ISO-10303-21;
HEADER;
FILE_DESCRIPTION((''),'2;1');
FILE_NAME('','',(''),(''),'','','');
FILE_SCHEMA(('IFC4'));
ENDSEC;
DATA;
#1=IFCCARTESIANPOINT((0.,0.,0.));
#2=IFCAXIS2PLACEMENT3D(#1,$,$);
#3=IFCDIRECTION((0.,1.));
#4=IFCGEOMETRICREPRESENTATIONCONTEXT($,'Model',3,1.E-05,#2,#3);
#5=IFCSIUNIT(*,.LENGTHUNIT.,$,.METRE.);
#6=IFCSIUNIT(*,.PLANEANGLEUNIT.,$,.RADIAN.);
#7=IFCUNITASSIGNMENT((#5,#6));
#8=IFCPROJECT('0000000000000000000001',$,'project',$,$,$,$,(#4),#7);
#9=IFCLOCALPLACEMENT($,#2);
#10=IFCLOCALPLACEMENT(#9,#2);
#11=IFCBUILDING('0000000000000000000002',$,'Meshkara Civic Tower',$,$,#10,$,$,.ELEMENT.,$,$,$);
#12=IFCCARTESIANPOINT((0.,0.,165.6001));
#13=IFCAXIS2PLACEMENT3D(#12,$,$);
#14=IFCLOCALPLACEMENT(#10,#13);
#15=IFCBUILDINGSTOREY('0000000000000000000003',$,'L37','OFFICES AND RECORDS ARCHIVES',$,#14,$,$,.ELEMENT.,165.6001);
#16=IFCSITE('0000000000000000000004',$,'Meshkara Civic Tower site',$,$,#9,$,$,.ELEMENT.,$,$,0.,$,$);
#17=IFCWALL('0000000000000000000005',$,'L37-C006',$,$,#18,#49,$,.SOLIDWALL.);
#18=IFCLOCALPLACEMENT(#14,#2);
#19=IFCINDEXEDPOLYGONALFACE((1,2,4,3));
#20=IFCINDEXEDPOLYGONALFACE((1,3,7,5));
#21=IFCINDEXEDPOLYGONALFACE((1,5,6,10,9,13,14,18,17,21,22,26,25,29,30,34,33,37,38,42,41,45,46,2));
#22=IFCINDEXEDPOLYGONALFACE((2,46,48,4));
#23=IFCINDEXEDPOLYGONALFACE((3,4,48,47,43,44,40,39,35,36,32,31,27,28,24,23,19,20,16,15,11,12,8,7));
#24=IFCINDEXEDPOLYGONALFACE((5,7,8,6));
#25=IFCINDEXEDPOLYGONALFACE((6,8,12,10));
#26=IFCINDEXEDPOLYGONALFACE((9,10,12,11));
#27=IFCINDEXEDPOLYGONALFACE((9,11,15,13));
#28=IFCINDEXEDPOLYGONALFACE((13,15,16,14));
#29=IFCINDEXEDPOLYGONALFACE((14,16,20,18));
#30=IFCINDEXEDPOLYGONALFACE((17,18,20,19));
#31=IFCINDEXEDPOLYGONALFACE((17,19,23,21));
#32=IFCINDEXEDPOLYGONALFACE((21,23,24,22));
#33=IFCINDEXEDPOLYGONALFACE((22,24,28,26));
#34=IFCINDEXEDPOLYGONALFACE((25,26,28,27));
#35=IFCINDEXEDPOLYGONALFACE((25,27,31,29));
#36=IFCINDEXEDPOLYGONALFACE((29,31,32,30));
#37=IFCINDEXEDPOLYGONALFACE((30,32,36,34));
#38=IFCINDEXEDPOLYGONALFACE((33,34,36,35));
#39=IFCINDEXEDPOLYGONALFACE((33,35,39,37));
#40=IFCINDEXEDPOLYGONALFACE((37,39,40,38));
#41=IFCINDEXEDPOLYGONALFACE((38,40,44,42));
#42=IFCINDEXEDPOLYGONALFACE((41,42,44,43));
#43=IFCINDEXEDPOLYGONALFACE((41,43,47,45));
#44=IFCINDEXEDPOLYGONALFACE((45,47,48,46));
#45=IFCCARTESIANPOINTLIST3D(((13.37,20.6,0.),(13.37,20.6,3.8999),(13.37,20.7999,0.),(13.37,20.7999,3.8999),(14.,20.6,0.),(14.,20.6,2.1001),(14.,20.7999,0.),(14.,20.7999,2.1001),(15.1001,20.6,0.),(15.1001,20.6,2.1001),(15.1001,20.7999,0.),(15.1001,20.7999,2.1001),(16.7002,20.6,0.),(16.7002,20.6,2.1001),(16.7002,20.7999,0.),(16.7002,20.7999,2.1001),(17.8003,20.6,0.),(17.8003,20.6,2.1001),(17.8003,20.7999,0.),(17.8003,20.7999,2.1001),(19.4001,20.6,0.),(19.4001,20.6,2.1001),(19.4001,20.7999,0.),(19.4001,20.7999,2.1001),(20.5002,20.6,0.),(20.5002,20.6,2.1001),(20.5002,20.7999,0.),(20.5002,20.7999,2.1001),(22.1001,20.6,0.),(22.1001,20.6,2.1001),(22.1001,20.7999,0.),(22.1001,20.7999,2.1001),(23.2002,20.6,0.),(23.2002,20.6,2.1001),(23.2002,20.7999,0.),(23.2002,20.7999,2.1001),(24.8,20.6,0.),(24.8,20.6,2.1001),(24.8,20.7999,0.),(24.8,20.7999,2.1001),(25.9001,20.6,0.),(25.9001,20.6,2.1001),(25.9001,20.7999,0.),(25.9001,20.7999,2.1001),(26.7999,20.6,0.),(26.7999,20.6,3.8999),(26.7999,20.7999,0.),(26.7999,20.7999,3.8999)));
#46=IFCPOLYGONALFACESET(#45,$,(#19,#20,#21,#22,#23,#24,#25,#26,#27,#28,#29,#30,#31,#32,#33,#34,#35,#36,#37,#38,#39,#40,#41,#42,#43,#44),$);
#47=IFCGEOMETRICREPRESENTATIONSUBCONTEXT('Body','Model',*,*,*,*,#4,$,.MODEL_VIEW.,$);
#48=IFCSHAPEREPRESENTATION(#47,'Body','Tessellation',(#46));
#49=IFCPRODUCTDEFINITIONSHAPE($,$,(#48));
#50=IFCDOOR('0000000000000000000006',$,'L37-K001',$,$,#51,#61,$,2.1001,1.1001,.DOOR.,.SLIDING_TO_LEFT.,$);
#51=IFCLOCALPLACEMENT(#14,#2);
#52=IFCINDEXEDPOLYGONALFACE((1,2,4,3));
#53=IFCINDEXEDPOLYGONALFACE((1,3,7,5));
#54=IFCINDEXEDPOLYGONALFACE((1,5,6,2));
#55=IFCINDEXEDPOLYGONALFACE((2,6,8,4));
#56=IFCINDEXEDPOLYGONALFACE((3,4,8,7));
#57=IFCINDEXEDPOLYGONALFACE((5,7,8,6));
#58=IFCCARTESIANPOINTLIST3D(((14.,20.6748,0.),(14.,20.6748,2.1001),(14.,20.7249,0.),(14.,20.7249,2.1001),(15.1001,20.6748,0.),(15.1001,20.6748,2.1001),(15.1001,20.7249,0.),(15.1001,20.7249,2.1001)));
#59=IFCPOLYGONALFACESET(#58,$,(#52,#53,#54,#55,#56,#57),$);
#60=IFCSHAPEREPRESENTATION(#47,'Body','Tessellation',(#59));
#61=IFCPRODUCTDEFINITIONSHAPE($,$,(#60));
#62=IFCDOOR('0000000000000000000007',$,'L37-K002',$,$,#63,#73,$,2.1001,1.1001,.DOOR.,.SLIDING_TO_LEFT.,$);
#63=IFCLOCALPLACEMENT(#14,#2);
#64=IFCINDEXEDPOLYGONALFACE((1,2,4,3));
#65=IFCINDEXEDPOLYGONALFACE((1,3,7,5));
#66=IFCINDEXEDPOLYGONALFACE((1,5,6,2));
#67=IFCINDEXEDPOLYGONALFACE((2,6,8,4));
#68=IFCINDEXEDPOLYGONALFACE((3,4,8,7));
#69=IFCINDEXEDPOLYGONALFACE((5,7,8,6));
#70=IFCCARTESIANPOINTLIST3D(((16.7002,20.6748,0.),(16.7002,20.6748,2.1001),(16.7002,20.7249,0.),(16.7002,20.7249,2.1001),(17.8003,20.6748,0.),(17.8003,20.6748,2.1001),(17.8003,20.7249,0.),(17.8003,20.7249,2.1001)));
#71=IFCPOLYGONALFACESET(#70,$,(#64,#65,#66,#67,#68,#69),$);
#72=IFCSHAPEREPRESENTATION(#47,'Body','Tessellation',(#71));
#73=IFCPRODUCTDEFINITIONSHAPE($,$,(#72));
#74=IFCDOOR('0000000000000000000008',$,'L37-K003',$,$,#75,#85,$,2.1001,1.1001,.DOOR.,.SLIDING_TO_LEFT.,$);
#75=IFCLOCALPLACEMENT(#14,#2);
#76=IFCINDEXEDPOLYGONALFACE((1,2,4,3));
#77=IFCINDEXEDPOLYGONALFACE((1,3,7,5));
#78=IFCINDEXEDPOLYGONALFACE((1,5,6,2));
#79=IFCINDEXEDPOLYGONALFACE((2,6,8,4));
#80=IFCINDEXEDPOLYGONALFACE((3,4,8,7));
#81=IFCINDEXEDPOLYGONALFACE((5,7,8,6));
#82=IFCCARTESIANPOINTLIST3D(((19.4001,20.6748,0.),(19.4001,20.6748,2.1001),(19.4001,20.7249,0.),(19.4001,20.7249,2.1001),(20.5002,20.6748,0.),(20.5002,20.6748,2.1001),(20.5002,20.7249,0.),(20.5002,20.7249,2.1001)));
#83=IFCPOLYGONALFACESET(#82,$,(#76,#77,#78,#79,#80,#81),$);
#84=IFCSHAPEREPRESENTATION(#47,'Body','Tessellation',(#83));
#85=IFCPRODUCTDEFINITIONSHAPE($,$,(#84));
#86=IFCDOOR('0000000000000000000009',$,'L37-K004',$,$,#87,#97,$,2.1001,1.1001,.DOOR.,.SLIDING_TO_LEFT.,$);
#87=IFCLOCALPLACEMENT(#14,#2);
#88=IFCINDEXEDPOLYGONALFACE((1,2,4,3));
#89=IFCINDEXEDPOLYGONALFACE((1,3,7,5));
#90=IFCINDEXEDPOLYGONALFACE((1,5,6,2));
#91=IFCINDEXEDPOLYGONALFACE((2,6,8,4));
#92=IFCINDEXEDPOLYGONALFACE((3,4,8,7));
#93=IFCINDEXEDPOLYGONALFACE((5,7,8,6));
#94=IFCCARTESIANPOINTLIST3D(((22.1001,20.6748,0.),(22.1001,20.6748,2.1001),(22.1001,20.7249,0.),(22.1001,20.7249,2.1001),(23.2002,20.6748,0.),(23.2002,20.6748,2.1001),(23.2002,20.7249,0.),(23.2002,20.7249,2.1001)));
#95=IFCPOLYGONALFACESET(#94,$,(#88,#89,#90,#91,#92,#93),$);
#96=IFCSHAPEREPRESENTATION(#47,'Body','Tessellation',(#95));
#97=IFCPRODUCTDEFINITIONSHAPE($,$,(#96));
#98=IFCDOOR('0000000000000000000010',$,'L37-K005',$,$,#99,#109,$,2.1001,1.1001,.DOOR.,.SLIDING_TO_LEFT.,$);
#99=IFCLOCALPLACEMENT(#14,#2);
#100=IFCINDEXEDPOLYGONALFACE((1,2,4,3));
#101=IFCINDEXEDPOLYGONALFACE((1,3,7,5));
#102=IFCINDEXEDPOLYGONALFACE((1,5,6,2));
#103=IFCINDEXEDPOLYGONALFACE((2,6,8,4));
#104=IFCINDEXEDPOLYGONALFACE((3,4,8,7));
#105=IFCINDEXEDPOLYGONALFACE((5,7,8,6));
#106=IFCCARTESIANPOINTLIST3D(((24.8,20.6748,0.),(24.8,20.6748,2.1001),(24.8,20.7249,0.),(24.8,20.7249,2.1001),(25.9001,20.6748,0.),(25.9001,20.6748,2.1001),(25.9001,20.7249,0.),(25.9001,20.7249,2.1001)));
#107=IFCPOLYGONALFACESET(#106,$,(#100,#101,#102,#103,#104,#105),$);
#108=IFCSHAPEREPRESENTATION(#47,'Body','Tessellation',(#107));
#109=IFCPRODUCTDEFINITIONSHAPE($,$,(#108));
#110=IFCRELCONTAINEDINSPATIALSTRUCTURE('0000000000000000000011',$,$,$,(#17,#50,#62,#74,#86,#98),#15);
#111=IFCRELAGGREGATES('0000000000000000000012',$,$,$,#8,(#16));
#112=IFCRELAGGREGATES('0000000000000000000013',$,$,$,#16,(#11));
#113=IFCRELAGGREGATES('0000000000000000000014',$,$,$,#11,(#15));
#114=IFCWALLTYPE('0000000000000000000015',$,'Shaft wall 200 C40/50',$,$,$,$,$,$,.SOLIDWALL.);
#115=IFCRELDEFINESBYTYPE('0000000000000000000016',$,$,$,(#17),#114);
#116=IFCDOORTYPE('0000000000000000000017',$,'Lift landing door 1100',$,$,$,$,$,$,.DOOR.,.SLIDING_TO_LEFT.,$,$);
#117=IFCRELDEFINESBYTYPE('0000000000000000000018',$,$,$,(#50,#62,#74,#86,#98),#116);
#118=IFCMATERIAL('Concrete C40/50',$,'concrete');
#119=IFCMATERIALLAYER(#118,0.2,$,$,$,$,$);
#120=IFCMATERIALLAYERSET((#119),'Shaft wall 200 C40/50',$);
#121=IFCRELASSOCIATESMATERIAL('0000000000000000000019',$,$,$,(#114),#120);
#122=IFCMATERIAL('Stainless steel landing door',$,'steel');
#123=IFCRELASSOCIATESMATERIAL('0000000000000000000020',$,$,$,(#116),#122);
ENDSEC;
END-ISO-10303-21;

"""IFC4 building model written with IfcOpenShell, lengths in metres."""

from ifc_helpers import new_model, si_unit, direction, frame, frame_2d, origin, place, context, subcontext, project, spatial, rectangle, extrude, material, layer, layer_set, type_object, element, fill, save


model = new_model("IFC4")

# Units and contexts
model_context = context("Model", 3, precision=1e-05, world=origin(), true_north=direction((0.0, 1.0)))
body_context = subcontext(model_context, "Body", "Model", "MODEL_VIEW")
ifc_project = project(units=[si_unit("LENGTHUNIT", "METRE"), si_unit("PLANEANGLEUNIT", "RADIAN")], contexts=[model_context])

# Site, building, storey
site_placement = place(None, origin())
site = spatial("IfcSite", under=ifc_project, at=site_placement, Name="Meshkara Civic Tower site", CompositionType="ELEMENT", RefElevation=0.0)
building_placement = place(site_placement, origin())
building = spatial("IfcBuilding", under=site, at=building_placement, Name="Meshkara Civic Tower", CompositionType="ELEMENT")
storey_placement = place(building_placement, frame((0.0, 0.0, 165.6001)))
storey = spatial("IfcBuildingStorey", under=building, at=storey_placement, Name="L37", Description="OFFICES AND RECORDS ARCHIVES", CompositionType="ELEMENT", Elevation=165.6001)

# Wall, openings, doors
ifc_material_1 = material(Name="Concrete C40/50", Category="concrete")
ifc_layer_1 = layer(ifc_material_1, 0.2)
ifc_layer_set_1 = layer_set([ifc_layer_1], Name="Shaft wall 200 C40/50")
wall_type_1 = type_object("IfcWallType", Name="Shaft wall 200 C40/50", PredefinedType="SOLIDWALL", material=ifc_layer_set_1)
wall_1_placement = place(storey_placement, frame((13.3701, 20.7, 0.0), z_axis=(0.0, 0.0, 1.0), x_axis=(1.0, 0.0, 0.0)))
wall_1 = element("IfcWall", 1, at=wall_1_placement, inside=storey, type_object=wall_type_1, Name="L37-C006", PredefinedType="SOLIDWALL", context=body_context, shape_type="SweptSolid", body=[
    extrude(rectangle(XDim=13.4299, YDim=0.2, at=frame_2d((6.7148, 0.0))), origin(), (0.0, 0.0, 1.0), 3.8999),
])
opening_1_placement = place(wall_1_placement, frame((0.6299, 0.0, 0.0)))
opening_1 = element("IfcOpeningElement", 2, at=opening_1_placement, cuts=wall_1, PredefinedType="OPENING", context=body_context, shape_type="SweptSolid", body=[
    extrude(rectangle(XDim=1.1001, YDim=2.1001, at=frame_2d((0.55, 1.05))), frame((0.0, 0.1099, 0.0), z_axis=(0.0, -1.0, 0.0), x_axis=(1.0, 0.0, 0.0)), (0.0, 0.0, 1.0), 0.22),
])
opening_2_placement = place(wall_1_placement, frame((3.3301, 0.0, 0.0)))
opening_2 = element("IfcOpeningElement", 3, at=opening_2_placement, cuts=wall_1, PredefinedType="OPENING", context=body_context, shape_type="SweptSolid", body=[
    extrude(rectangle(XDim=1.1001, YDim=2.1001, at=frame_2d((0.55, 1.05))), frame((0.0, 0.1099, 0.0), z_axis=(0.0, -1.0, 0.0), x_axis=(1.0, 0.0, 0.0)), (0.0, 0.0, 1.0), 0.22),
])
opening_3_placement = place(wall_1_placement, frame((6.03, 0.0, 0.0)))
opening_3 = element("IfcOpeningElement", 4, at=opening_3_placement, cuts=wall_1, PredefinedType="OPENING", context=body_context, shape_type="SweptSolid", body=[
    extrude(rectangle(XDim=1.1001, YDim=2.1001, at=frame_2d((0.55, 1.05))), frame((0.0, 0.1099, 0.0), z_axis=(0.0, -1.0, 0.0), x_axis=(1.0, 0.0, 0.0)), (0.0, 0.0, 1.0), 0.22),
])
opening_4_placement = place(wall_1_placement, frame((8.73, 0.0, 0.0)))
opening_4 = element("IfcOpeningElement", 5, at=opening_4_placement, cuts=wall_1, PredefinedType="OPENING", context=body_context, shape_type="SweptSolid", body=[
    extrude(rectangle(XDim=1.1001, YDim=2.1001, at=frame_2d((0.55, 1.05))), frame((0.0, 0.1099, 0.0), z_axis=(0.0, -1.0, 0.0), x_axis=(1.0, 0.0, 0.0)), (0.0, 0.0, 1.0), 0.22),
])
opening_5_placement = place(wall_1_placement, frame((11.4299, 0.0, 0.0)))
opening_5 = element("IfcOpeningElement", 6, at=opening_5_placement, cuts=wall_1, PredefinedType="OPENING", context=body_context, shape_type="SweptSolid", body=[
    extrude(rectangle(XDim=1.1001, YDim=2.1001, at=frame_2d((0.55, 1.05))), frame((0.0, 0.1099, 0.0), z_axis=(0.0, -1.0, 0.0), x_axis=(1.0, 0.0, 0.0)), (0.0, 0.0, 1.0), 0.22),
])
ifc_material_2 = material(Name="Stainless steel landing door", Category="steel")
door_type_1 = type_object("IfcDoorType", Name="Lift landing door 1100", OperationType="SLIDING_TO_LEFT", PredefinedType="DOOR", material=ifc_material_2)
door_1_placement = place(opening_1_placement, origin())
door_1 = element("IfcDoor", 7, at=door_1_placement, inside=storey, type_object=door_type_1, Name="L37-K001", OperationType="SLIDING_TO_LEFT", OverallHeight=2.1001, OverallWidth=1.1001, PredefinedType="DOOR", context=body_context, shape_type="SweptSolid", body=[
    extrude(rectangle(XDim=1.1001, YDim=2.1001, at=frame_2d((0.55, 1.05))), frame((0.0, 0.0249, 0.0), z_axis=(0.0, -1.0, 0.0), x_axis=(1.0, 0.0, 0.0)), (0.0, 0.0, 1.0), 0.05),
])
fill(opening_1, door_1)
door_2_placement = place(opening_2_placement, origin())
door_2 = element("IfcDoor", 8, at=door_2_placement, inside=storey, type_object=door_type_1, Name="L37-K002", OperationType="SLIDING_TO_LEFT", OverallHeight=2.1001, OverallWidth=1.1001, PredefinedType="DOOR", context=body_context, shape_type="SweptSolid", body=[
    extrude(rectangle(XDim=1.1001, YDim=2.1001, at=frame_2d((0.55, 1.05))), frame((0.0, 0.0249, 0.0), z_axis=(0.0, -1.0, 0.0), x_axis=(1.0, 0.0, 0.0)), (0.0, 0.0, 1.0), 0.05),
])
fill(opening_2, door_2)
door_3_placement = place(opening_3_placement, origin())
door_3 = element("IfcDoor", 9, at=door_3_placement, inside=storey, type_object=door_type_1, Name="L37-K003", OperationType="SLIDING_TO_LEFT", OverallHeight=2.1001, OverallWidth=1.1001, PredefinedType="DOOR", context=body_context, shape_type="SweptSolid", body=[
    extrude(rectangle(XDim=1.1001, YDim=2.1001, at=frame_2d((0.55, 1.05))), frame((0.0, 0.0249, 0.0), z_axis=(0.0, -1.0, 0.0), x_axis=(1.0, 0.0, 0.0)), (0.0, 0.0, 1.0), 0.05),
])
fill(opening_3, door_3)
door_4_placement = place(opening_4_placement, origin())
door_4 = element("IfcDoor", 10, at=door_4_placement, inside=storey, type_object=door_type_1, Name="L37-K004", OperationType="SLIDING_TO_LEFT", OverallHeight=2.1001, OverallWidth=1.1001, PredefinedType="DOOR", context=body_context, shape_type="SweptSolid", body=[
    extrude(rectangle(XDim=1.1001, YDim=2.1001, at=frame_2d((0.55, 1.05))), frame((0.0, 0.0249, 0.0), z_axis=(0.0, -1.0, 0.0), x_axis=(1.0, 0.0, 0.0)), (0.0, 0.0, 1.0), 0.05),
])
fill(opening_4, door_4)
door_5_placement = place(opening_5_placement, origin())
door_5 = element("IfcDoor", 11, at=door_5_placement, inside=storey, type_object=door_type_1, Name="L37-K005", OperationType="SLIDING_TO_LEFT", OverallHeight=2.1001, OverallWidth=1.1001, PredefinedType="DOOR", context=body_context, shape_type="SweptSolid", body=[
    extrude(rectangle(XDim=1.1001, YDim=2.1001, at=frame_2d((0.55, 1.05))), frame((0.0, 0.0249, 0.0), z_axis=(0.0, -1.0, 0.0), x_axis=(1.0, 0.0, 0.0)), (0.0, 0.0, 1.0), 0.05),
])
fill(opening_5, door_5)

save(model, "model.ifc")
